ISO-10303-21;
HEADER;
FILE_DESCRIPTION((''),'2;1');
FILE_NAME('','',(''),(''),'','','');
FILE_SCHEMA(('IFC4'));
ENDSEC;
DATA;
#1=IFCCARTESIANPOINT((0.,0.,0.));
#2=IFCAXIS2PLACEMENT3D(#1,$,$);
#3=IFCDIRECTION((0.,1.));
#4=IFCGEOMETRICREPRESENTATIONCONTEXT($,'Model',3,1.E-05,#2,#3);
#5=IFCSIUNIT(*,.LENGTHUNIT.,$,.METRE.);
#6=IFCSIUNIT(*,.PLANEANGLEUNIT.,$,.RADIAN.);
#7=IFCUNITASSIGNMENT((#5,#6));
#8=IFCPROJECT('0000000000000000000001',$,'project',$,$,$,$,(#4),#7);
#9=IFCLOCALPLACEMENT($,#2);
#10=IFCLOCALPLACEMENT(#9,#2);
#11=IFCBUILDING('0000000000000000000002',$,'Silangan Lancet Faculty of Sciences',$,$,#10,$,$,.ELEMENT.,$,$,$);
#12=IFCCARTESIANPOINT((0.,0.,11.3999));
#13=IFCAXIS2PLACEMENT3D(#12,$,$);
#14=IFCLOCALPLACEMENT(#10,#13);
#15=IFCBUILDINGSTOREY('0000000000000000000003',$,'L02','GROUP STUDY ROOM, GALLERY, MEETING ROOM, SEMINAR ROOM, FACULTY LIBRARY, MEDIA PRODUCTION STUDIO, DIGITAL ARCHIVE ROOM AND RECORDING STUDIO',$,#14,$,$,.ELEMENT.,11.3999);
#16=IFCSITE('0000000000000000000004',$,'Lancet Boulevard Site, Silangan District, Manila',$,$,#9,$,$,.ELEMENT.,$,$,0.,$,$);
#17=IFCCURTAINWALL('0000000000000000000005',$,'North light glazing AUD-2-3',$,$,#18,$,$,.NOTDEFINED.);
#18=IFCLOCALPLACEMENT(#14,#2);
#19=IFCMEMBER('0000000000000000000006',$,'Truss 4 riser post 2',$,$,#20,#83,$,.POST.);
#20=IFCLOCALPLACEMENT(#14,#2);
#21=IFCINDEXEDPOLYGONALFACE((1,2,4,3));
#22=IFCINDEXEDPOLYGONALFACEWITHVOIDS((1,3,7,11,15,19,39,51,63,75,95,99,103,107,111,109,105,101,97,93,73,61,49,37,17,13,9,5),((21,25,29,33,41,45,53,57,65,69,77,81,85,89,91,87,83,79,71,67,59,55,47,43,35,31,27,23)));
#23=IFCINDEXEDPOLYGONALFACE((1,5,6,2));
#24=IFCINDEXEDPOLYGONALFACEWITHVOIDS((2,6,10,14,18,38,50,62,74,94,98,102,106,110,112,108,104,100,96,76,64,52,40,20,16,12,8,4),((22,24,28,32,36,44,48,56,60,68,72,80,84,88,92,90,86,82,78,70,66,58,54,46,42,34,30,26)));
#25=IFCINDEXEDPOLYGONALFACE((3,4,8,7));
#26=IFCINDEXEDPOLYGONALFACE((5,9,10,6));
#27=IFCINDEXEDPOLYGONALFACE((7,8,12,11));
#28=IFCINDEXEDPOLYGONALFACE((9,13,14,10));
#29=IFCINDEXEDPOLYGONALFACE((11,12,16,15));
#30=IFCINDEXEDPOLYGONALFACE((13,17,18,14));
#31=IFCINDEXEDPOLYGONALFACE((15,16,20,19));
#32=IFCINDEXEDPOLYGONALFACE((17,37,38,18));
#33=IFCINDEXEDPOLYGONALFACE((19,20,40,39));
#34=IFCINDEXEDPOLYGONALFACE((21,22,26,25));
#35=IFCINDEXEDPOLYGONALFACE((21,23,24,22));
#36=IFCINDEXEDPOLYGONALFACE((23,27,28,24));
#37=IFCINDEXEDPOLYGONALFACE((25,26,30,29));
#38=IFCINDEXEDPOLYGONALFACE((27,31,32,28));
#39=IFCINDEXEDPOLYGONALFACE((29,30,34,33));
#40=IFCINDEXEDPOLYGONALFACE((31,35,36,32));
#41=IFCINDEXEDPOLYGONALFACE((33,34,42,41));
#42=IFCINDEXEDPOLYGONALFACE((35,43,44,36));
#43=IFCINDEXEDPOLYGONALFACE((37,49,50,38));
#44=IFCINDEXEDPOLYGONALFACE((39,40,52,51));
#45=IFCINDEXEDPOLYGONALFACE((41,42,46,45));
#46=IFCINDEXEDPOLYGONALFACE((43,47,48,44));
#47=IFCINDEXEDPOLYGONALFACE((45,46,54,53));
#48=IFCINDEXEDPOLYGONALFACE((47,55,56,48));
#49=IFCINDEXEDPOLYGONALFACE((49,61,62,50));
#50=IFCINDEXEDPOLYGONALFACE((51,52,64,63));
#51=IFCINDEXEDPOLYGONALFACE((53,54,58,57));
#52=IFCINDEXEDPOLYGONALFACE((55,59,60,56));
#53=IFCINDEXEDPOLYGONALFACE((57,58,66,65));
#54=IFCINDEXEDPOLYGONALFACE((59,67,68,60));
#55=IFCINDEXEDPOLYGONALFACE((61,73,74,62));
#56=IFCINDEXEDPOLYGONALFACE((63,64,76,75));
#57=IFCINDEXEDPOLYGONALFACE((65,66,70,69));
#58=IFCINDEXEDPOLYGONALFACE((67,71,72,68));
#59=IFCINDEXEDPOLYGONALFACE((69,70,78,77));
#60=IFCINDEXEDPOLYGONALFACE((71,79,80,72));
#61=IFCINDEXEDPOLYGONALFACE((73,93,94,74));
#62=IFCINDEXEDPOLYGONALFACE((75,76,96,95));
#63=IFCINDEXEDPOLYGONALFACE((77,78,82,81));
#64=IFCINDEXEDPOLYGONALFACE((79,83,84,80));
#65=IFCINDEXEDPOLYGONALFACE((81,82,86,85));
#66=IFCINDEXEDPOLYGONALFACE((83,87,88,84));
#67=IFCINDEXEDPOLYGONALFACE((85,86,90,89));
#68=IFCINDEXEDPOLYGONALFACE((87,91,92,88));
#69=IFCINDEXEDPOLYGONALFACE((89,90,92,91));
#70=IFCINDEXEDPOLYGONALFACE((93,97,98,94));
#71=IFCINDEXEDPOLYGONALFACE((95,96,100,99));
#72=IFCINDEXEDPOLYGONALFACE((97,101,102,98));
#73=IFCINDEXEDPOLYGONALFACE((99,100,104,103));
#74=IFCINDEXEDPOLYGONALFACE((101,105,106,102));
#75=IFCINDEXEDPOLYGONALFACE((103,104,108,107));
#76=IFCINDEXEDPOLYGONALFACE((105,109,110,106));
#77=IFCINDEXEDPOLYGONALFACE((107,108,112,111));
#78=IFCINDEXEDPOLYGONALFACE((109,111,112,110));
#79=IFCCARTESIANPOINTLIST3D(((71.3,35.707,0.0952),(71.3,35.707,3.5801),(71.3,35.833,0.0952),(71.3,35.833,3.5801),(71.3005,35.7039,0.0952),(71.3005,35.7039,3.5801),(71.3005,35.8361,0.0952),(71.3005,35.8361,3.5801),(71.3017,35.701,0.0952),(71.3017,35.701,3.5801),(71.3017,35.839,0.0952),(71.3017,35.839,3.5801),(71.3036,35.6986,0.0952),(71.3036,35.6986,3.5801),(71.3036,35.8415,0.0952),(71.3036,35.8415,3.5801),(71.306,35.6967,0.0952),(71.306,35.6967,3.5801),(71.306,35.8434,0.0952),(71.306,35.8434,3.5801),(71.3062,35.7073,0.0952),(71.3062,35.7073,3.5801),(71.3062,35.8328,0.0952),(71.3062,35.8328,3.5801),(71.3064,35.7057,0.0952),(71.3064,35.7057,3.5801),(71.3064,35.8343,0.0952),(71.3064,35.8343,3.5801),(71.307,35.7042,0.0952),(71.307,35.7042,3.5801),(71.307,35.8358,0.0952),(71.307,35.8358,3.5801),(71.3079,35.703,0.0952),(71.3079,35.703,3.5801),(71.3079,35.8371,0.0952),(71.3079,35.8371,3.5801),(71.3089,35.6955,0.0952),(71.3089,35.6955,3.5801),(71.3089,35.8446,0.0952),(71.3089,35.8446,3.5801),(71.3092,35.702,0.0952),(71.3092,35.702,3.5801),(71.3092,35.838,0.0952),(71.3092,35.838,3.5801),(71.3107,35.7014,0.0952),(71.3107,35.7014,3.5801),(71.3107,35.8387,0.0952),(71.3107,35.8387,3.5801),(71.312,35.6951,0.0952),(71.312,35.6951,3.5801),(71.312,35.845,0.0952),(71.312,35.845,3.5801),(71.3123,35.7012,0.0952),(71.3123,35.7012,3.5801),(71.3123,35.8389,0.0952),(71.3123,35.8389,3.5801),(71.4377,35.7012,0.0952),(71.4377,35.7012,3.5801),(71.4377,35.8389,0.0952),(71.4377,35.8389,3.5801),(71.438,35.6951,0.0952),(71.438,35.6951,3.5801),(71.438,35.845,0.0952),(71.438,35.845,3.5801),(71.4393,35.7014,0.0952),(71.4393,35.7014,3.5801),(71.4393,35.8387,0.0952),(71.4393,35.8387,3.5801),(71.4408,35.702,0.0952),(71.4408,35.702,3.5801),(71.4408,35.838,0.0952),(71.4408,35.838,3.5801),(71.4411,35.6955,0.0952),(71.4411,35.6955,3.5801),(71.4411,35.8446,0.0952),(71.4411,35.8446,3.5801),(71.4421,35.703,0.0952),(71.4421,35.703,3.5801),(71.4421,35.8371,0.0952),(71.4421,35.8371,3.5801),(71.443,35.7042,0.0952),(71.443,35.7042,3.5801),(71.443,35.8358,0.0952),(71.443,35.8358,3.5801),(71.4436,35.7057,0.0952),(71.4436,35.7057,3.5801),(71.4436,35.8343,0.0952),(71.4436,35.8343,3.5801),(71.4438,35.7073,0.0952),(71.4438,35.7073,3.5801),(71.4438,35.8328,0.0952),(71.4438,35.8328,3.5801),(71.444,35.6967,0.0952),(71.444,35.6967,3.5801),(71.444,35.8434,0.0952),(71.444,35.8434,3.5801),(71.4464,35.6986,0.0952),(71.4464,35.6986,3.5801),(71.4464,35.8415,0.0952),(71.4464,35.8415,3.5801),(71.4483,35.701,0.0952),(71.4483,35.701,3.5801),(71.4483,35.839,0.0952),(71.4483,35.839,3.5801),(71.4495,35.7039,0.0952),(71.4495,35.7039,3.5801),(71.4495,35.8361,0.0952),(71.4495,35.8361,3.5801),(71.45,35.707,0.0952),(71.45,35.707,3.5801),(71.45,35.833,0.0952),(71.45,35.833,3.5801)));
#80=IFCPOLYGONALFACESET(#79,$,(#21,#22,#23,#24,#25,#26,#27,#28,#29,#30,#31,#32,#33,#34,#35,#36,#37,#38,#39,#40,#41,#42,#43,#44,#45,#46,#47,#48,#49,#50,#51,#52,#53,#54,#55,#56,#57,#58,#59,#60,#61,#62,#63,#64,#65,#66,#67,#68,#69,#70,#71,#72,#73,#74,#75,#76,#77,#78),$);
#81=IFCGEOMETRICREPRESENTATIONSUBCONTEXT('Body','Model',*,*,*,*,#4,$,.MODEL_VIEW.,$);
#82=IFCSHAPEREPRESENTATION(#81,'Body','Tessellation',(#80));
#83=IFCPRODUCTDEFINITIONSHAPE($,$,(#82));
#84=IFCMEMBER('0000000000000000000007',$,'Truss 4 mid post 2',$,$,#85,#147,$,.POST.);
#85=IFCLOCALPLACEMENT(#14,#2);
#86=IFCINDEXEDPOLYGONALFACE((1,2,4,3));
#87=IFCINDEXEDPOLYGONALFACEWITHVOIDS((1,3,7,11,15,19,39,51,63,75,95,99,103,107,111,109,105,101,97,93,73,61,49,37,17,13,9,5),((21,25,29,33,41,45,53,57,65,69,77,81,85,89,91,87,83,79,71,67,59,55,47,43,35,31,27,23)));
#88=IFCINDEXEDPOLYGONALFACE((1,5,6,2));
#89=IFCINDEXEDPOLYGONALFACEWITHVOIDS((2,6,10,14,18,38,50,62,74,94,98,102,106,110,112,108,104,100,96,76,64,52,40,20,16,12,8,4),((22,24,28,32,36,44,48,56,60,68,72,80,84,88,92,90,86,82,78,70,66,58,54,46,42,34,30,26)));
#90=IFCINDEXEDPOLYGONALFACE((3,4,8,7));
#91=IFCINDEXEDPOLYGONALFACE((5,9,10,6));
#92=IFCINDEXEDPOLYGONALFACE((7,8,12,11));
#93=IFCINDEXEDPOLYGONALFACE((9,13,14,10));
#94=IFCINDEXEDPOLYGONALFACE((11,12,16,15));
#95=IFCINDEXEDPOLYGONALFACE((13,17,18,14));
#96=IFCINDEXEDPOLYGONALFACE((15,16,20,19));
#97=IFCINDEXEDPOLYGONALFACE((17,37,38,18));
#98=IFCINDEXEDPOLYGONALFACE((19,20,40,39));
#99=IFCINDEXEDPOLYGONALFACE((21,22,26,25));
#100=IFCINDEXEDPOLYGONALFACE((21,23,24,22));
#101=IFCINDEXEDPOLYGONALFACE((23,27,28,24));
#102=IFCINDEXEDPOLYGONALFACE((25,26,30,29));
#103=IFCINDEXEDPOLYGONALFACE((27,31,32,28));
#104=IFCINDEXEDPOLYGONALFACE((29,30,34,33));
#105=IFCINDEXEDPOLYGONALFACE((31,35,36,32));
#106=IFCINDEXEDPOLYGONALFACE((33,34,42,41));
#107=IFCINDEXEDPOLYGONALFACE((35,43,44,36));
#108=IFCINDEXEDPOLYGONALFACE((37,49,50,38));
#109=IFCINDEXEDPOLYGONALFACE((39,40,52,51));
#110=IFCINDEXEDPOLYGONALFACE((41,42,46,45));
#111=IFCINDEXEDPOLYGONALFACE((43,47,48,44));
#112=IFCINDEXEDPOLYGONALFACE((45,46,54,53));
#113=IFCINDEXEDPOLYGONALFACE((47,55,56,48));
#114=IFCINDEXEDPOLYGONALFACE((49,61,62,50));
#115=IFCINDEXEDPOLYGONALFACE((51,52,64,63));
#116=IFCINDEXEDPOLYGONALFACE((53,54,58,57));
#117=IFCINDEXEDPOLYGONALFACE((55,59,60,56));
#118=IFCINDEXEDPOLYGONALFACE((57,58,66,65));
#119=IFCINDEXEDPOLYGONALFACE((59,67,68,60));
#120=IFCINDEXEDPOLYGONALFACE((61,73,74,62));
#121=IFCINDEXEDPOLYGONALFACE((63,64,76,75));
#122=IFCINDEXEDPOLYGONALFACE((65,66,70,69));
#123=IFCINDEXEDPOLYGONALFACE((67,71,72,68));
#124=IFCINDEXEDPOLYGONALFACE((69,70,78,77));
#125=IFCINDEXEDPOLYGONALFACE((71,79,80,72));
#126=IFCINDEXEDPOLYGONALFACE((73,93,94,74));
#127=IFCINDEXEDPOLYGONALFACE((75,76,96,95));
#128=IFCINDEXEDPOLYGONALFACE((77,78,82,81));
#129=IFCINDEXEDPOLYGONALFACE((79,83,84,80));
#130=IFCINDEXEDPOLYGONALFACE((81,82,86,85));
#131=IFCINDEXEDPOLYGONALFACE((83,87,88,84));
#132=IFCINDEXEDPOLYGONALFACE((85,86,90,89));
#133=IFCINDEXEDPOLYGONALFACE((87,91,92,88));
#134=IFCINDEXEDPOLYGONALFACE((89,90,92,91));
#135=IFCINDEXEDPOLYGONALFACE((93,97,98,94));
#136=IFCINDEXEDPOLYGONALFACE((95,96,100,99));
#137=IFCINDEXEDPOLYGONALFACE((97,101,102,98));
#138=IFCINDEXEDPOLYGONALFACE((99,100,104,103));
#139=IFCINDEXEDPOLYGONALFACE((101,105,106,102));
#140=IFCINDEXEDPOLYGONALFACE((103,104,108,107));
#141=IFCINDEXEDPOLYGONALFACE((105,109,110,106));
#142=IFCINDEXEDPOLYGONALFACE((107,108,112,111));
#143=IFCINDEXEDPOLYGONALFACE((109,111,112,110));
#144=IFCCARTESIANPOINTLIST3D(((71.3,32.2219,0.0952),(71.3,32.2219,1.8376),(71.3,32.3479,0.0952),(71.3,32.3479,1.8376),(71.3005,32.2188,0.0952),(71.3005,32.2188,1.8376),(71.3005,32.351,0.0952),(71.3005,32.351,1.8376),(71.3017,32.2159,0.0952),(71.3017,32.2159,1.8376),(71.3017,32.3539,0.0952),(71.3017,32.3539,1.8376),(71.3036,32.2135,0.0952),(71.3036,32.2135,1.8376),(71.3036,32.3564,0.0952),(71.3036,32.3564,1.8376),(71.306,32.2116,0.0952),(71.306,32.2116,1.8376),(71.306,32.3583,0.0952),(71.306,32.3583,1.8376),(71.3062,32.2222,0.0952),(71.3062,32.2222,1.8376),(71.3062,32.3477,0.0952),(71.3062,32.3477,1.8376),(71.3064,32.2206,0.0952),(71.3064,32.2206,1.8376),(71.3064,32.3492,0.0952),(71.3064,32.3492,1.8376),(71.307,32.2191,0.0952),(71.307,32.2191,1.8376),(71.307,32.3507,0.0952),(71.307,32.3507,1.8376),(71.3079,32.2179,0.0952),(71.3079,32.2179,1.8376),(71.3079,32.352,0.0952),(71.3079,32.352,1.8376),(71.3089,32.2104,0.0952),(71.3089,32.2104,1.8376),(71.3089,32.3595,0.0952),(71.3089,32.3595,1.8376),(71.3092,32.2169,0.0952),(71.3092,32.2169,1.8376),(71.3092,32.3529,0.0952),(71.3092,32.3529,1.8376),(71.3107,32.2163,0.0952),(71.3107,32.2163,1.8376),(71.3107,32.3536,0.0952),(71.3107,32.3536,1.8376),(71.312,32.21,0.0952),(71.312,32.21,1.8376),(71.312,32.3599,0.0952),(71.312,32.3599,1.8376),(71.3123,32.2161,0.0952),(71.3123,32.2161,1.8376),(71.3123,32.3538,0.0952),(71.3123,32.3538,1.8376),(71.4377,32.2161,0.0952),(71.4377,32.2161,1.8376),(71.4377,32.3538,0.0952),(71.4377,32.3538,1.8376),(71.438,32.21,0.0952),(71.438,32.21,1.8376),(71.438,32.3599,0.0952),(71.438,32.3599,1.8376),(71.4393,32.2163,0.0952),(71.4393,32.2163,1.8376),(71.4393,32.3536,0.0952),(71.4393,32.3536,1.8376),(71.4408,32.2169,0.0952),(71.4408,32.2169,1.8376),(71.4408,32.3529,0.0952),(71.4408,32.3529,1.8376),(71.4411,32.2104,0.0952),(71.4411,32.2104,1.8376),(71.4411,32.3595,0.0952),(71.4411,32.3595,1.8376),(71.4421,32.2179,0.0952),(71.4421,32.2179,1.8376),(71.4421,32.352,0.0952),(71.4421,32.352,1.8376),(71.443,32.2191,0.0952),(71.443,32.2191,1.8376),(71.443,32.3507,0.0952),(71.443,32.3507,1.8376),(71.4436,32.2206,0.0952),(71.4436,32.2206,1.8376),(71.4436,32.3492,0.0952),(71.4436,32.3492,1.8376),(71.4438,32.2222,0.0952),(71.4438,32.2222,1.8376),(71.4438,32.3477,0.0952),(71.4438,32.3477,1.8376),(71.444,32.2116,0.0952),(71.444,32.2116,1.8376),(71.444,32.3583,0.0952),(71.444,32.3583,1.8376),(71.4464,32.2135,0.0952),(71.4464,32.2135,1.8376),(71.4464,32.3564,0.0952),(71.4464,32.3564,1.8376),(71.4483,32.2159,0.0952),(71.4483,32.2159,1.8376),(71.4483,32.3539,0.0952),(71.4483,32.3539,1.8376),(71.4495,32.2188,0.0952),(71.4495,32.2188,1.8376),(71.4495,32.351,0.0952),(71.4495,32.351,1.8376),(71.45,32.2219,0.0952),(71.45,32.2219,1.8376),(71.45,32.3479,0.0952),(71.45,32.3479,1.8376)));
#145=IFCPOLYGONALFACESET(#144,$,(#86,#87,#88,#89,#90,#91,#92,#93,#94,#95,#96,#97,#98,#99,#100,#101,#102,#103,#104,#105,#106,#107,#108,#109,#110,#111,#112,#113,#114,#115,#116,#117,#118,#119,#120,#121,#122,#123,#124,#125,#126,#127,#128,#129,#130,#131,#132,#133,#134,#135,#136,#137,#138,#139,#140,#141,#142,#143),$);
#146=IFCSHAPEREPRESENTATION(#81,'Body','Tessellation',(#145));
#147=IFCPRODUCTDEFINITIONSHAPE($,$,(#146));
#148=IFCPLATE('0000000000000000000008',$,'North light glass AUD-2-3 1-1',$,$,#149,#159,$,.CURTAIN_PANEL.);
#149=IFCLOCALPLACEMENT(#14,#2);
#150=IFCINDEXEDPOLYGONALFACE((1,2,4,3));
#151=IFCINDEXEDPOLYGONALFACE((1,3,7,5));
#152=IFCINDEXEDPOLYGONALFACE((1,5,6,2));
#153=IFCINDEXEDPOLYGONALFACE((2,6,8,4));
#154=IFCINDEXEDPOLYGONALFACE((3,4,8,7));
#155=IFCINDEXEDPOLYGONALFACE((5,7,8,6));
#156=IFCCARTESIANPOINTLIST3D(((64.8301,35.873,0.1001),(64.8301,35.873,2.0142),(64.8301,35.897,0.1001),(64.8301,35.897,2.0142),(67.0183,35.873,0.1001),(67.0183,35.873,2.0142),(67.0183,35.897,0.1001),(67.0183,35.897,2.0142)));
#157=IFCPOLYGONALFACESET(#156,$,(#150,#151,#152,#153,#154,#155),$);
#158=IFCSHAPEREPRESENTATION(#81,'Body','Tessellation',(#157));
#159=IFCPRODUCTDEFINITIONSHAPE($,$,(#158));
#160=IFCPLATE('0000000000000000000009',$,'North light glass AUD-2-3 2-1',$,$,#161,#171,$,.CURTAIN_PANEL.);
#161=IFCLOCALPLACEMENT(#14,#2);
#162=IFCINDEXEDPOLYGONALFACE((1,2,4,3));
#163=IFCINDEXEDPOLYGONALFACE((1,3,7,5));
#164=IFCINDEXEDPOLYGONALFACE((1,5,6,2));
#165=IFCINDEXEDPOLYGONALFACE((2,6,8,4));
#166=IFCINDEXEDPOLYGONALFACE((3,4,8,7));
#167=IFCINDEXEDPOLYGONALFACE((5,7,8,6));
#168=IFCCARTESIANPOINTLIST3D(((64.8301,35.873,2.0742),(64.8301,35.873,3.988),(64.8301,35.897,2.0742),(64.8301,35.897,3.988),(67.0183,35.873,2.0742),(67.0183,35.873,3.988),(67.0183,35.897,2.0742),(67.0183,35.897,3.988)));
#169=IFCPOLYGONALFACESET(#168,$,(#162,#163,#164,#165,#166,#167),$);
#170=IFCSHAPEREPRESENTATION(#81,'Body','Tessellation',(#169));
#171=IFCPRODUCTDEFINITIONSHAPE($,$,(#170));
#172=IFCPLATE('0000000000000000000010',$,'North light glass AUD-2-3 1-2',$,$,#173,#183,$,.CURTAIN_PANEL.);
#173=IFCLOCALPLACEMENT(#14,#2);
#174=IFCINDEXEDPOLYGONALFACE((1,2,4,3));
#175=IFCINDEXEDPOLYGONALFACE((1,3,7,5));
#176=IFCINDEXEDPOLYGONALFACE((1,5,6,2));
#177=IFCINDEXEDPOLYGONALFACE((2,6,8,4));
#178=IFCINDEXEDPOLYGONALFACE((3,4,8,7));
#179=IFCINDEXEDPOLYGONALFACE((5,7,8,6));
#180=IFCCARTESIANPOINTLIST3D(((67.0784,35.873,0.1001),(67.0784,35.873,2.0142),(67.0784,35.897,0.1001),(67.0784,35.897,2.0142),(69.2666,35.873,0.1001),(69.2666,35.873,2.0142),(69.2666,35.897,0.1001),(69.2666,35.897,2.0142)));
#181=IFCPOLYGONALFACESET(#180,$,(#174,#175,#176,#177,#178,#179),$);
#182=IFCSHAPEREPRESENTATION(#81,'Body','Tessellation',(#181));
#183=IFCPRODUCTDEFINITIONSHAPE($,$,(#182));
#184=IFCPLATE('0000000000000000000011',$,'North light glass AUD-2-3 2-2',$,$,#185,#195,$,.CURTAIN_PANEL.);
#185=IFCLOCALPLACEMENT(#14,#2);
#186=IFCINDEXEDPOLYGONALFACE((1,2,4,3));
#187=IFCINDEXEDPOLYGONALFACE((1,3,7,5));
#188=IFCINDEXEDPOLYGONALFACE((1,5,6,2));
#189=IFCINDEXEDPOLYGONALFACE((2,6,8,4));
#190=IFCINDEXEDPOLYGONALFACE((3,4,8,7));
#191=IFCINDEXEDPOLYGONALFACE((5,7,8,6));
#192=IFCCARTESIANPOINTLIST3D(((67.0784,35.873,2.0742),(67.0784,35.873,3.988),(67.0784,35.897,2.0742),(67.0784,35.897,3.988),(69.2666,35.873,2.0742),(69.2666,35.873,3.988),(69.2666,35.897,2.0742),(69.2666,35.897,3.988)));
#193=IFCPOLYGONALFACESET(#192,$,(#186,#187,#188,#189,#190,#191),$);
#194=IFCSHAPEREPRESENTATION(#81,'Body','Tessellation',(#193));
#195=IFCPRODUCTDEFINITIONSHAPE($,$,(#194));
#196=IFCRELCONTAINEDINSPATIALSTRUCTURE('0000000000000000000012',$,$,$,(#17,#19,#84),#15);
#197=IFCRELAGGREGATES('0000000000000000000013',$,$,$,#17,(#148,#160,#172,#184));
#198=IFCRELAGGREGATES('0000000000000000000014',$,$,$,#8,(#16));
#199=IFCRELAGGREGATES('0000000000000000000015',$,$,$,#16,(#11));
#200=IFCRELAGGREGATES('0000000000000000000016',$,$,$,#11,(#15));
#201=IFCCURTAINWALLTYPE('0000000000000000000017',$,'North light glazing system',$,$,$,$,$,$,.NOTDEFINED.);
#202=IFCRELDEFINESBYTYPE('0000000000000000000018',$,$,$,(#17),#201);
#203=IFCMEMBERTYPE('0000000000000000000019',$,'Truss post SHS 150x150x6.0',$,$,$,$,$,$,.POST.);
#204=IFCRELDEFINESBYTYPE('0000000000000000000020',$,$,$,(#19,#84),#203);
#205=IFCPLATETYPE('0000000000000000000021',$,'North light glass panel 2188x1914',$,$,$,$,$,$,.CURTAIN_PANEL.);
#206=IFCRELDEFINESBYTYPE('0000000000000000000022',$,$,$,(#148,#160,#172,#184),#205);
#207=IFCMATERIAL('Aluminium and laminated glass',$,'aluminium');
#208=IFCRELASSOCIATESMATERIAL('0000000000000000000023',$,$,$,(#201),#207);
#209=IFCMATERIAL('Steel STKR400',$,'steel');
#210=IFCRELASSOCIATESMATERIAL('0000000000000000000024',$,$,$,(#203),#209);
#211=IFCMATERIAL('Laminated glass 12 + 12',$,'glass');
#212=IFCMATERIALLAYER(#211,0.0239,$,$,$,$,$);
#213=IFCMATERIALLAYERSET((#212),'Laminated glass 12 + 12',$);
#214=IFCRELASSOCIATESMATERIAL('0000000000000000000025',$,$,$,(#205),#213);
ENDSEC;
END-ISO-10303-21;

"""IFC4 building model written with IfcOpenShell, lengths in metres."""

from ifc_helpers import new_model, si_unit, direction, frame, origin, origin_2d, place, context, subcontext, project, spatial, polyline, hollow_rectangle, outline, extrude, material, layer, layer_set, material_profile, profile_set, type_object, element, aggregate, save


model = new_model("IFC4")

# Units and contexts
model_context = context("Model", 3, precision=1e-05, world=origin(), true_north=direction((0.0, 1.0)))
body_context = subcontext(model_context, "Body", "Model", "MODEL_VIEW")
ifc_project = project(units=[si_unit("LENGTHUNIT", "METRE"), si_unit("PLANEANGLEUNIT", "RADIAN")], contexts=[model_context])

# Site, building, storey
site_placement = place(None, origin())
site = spatial("IfcSite", under=ifc_project, at=site_placement, Name="Lancet Boulevard Site, Silangan District, Manila", CompositionType="ELEMENT", RefElevation=0.0)
building_placement = place(site_placement, origin())
building = spatial("IfcBuilding", under=site, at=building_placement, Name="Silangan Lancet Faculty of Sciences", CompositionType="ELEMENT")
storey_placement = place(building_placement, frame((0.0, 0.0, 11.3999)))
storey = spatial("IfcBuildingStorey", under=building, at=storey_placement, Name="L02", Description="GROUP STUDY ROOM, GALLERY, MEETING ROOM, SEMINAR ROOM, FACULTY LIBRARY, MEDIA PRODUCTION STUDIO, DIGITAL ARCHIVE ROOM AND RECORDING STUDIO", CompositionType="ELEMENT", Elevation=11.3999)

# Curtain wall
ifc_material_1 = material(Name="Aluminium and laminated glass", Category="aluminium")
curtain_wall_type = type_object("IfcCurtainWallType", Name="North light glazing system", PredefinedType="NOTDEFINED", material=ifc_material_1)
curtain_wall_1_placement = place(storey_placement, origin())
curtain_wall_1 = element("IfcCurtainWall", 1, at=curtain_wall_1_placement, inside=storey, type_object=curtain_wall_type, Name="North light glazing AUD-2-3", PredefinedType="NOTDEFINED")

# Members
ifc_material_2 = material(Name="Steel STKR400", Category="steel")
ifc_material_profile_1 = material_profile(ifc_material_2, hollow_rectangle(XDim=0.1499, YDim=0.1499, WallThickness=0.0061, InnerFilletRadius=0.0061, OuterFilletRadius=0.012, at=origin_2d()), Name="SHS 150x150x6.0")
ifc_profile_set_1 = profile_set([ifc_material_profile_1], Name="Steel STKR400")
member_type_1 = type_object("IfcMemberType", Name="Truss post SHS 150x150x6.0", PredefinedType="POST", material=ifc_profile_set_1)
member_1_placement = place(storey_placement, frame((71.375, 35.77, 0.0952), z_axis=(0.0, 0.0, 1.0), x_axis=(1.0, 0.0, 0.0)))
element("IfcMember", 2, at=member_1_placement, inside=storey, type_object=member_type_1, Name="Truss 4 riser post 2", PredefinedType="POST", context=body_context, shape_type="SweptSolid", body=[
    extrude(hollow_rectangle(XDim=0.1499, YDim=0.1499, WallThickness=0.0061, InnerFilletRadius=0.0061, OuterFilletRadius=0.012, at=origin_2d()), origin(), (0.0, 0.0, 1.0), 3.4849),
])
member_2_placement = place(storey_placement, frame((71.375, 32.2849, 0.0952), z_axis=(0.0, 0.0, 1.0), x_axis=(1.0, 0.0, 0.0)))
element("IfcMember", 3, at=member_2_placement, inside=storey, type_object=member_type_1, Name="Truss 4 mid post 2", PredefinedType="POST", context=body_context, shape_type="SweptSolid", body=[
    extrude(hollow_rectangle(XDim=0.1499, YDim=0.1499, WallThickness=0.0061, InnerFilletRadius=0.0061, OuterFilletRadius=0.012, at=origin_2d()), origin(), (0.0, 0.0, 1.0), 1.7424),
])

# Plates
ifc_material_3 = material(Name="Laminated glass 12 + 12", Category="glass")
ifc_layer_1 = layer(ifc_material_3, 0.0239)
ifc_layer_set_1 = layer_set([ifc_layer_1], Name="Laminated glass 12 + 12")
plate_type_1 = type_object("IfcPlateType", Name="North light glass panel 2188x1914", PredefinedType="CURTAIN_PANEL", material=ifc_layer_set_1)
plate_1_placement = place(storey_placement, frame((64.8301, 35.873, 0.1001), z_axis=(0.0, -1.0, 0.0), x_axis=(1.0, 0.0, 0.0)))
plate_1 = element("IfcPlate", 4, at=plate_1_placement, type_object=plate_type_1, Name="North light glass AUD-2-3 1-1", PredefinedType="CURTAIN_PANEL", context=body_context, shape_type="SweptSolid", body=[
    extrude(outline(polyline([(0.0, 0.0), (2.1882, 0.0), (2.1882, 1.9141), (0.0, 1.9141), (0.0, 0.0)])), origin(), (0.0, 0.0, -1.0), 0.0239),
])
plate_2_placement = place(storey_placement, frame((64.8301, 35.873, 2.0742), z_axis=(0.0, -1.0, 0.0), x_axis=(1.0, 0.0, 0.0)))
plate_2 = element("IfcPlate", 5, at=plate_2_placement, type_object=plate_type_1, Name="North light glass AUD-2-3 2-1", PredefinedType="CURTAIN_PANEL", context=body_context, shape_type="SweptSolid", body=[
    extrude(outline(polyline([(0.0, 0.0), (2.1882, 0.0), (2.1882, 1.9138), (0.0, 1.9138), (0.0, 0.0)])), origin(), (0.0, 0.0, -1.0), 0.0239),
])
plate_3_placement = place(storey_placement, frame((67.0784, 35.873, 0.1001), z_axis=(0.0, -1.0, 0.0), x_axis=(1.0, 0.0, 0.0)))
plate_3 = element("IfcPlate", 6, at=plate_3_placement, type_object=plate_type_1, Name="North light glass AUD-2-3 1-2", PredefinedType="CURTAIN_PANEL", context=body_context, shape_type="SweptSolid", body=[
    extrude(outline(polyline([(0.0, 0.0), (2.1882, 0.0), (2.1882, 1.9141), (0.0, 1.9141), (0.0, 0.0)])), origin(), (0.0, 0.0, -1.0), 0.0239),
])
plate_4_placement = place(storey_placement, frame((67.0784, 35.873, 2.0742), z_axis=(0.0, -1.0, 0.0), x_axis=(1.0, 0.0, 0.0)))
plate_4 = element("IfcPlate", 7, at=plate_4_placement, type_object=plate_type_1, Name="North light glass AUD-2-3 2-2", PredefinedType="CURTAIN_PANEL", context=body_context, shape_type="SweptSolid", body=[
    extrude(outline(polyline([(0.0, 0.0), (2.1882, 0.0), (2.1882, 1.9138), (0.0, 1.9138), (0.0, 0.0)])), origin(), (0.0, 0.0, -1.0), 0.0239),
])
aggregate(curtain_wall_1, [plate_1, plate_2, plate_3, plate_4])

save(model, "model.ifc")
